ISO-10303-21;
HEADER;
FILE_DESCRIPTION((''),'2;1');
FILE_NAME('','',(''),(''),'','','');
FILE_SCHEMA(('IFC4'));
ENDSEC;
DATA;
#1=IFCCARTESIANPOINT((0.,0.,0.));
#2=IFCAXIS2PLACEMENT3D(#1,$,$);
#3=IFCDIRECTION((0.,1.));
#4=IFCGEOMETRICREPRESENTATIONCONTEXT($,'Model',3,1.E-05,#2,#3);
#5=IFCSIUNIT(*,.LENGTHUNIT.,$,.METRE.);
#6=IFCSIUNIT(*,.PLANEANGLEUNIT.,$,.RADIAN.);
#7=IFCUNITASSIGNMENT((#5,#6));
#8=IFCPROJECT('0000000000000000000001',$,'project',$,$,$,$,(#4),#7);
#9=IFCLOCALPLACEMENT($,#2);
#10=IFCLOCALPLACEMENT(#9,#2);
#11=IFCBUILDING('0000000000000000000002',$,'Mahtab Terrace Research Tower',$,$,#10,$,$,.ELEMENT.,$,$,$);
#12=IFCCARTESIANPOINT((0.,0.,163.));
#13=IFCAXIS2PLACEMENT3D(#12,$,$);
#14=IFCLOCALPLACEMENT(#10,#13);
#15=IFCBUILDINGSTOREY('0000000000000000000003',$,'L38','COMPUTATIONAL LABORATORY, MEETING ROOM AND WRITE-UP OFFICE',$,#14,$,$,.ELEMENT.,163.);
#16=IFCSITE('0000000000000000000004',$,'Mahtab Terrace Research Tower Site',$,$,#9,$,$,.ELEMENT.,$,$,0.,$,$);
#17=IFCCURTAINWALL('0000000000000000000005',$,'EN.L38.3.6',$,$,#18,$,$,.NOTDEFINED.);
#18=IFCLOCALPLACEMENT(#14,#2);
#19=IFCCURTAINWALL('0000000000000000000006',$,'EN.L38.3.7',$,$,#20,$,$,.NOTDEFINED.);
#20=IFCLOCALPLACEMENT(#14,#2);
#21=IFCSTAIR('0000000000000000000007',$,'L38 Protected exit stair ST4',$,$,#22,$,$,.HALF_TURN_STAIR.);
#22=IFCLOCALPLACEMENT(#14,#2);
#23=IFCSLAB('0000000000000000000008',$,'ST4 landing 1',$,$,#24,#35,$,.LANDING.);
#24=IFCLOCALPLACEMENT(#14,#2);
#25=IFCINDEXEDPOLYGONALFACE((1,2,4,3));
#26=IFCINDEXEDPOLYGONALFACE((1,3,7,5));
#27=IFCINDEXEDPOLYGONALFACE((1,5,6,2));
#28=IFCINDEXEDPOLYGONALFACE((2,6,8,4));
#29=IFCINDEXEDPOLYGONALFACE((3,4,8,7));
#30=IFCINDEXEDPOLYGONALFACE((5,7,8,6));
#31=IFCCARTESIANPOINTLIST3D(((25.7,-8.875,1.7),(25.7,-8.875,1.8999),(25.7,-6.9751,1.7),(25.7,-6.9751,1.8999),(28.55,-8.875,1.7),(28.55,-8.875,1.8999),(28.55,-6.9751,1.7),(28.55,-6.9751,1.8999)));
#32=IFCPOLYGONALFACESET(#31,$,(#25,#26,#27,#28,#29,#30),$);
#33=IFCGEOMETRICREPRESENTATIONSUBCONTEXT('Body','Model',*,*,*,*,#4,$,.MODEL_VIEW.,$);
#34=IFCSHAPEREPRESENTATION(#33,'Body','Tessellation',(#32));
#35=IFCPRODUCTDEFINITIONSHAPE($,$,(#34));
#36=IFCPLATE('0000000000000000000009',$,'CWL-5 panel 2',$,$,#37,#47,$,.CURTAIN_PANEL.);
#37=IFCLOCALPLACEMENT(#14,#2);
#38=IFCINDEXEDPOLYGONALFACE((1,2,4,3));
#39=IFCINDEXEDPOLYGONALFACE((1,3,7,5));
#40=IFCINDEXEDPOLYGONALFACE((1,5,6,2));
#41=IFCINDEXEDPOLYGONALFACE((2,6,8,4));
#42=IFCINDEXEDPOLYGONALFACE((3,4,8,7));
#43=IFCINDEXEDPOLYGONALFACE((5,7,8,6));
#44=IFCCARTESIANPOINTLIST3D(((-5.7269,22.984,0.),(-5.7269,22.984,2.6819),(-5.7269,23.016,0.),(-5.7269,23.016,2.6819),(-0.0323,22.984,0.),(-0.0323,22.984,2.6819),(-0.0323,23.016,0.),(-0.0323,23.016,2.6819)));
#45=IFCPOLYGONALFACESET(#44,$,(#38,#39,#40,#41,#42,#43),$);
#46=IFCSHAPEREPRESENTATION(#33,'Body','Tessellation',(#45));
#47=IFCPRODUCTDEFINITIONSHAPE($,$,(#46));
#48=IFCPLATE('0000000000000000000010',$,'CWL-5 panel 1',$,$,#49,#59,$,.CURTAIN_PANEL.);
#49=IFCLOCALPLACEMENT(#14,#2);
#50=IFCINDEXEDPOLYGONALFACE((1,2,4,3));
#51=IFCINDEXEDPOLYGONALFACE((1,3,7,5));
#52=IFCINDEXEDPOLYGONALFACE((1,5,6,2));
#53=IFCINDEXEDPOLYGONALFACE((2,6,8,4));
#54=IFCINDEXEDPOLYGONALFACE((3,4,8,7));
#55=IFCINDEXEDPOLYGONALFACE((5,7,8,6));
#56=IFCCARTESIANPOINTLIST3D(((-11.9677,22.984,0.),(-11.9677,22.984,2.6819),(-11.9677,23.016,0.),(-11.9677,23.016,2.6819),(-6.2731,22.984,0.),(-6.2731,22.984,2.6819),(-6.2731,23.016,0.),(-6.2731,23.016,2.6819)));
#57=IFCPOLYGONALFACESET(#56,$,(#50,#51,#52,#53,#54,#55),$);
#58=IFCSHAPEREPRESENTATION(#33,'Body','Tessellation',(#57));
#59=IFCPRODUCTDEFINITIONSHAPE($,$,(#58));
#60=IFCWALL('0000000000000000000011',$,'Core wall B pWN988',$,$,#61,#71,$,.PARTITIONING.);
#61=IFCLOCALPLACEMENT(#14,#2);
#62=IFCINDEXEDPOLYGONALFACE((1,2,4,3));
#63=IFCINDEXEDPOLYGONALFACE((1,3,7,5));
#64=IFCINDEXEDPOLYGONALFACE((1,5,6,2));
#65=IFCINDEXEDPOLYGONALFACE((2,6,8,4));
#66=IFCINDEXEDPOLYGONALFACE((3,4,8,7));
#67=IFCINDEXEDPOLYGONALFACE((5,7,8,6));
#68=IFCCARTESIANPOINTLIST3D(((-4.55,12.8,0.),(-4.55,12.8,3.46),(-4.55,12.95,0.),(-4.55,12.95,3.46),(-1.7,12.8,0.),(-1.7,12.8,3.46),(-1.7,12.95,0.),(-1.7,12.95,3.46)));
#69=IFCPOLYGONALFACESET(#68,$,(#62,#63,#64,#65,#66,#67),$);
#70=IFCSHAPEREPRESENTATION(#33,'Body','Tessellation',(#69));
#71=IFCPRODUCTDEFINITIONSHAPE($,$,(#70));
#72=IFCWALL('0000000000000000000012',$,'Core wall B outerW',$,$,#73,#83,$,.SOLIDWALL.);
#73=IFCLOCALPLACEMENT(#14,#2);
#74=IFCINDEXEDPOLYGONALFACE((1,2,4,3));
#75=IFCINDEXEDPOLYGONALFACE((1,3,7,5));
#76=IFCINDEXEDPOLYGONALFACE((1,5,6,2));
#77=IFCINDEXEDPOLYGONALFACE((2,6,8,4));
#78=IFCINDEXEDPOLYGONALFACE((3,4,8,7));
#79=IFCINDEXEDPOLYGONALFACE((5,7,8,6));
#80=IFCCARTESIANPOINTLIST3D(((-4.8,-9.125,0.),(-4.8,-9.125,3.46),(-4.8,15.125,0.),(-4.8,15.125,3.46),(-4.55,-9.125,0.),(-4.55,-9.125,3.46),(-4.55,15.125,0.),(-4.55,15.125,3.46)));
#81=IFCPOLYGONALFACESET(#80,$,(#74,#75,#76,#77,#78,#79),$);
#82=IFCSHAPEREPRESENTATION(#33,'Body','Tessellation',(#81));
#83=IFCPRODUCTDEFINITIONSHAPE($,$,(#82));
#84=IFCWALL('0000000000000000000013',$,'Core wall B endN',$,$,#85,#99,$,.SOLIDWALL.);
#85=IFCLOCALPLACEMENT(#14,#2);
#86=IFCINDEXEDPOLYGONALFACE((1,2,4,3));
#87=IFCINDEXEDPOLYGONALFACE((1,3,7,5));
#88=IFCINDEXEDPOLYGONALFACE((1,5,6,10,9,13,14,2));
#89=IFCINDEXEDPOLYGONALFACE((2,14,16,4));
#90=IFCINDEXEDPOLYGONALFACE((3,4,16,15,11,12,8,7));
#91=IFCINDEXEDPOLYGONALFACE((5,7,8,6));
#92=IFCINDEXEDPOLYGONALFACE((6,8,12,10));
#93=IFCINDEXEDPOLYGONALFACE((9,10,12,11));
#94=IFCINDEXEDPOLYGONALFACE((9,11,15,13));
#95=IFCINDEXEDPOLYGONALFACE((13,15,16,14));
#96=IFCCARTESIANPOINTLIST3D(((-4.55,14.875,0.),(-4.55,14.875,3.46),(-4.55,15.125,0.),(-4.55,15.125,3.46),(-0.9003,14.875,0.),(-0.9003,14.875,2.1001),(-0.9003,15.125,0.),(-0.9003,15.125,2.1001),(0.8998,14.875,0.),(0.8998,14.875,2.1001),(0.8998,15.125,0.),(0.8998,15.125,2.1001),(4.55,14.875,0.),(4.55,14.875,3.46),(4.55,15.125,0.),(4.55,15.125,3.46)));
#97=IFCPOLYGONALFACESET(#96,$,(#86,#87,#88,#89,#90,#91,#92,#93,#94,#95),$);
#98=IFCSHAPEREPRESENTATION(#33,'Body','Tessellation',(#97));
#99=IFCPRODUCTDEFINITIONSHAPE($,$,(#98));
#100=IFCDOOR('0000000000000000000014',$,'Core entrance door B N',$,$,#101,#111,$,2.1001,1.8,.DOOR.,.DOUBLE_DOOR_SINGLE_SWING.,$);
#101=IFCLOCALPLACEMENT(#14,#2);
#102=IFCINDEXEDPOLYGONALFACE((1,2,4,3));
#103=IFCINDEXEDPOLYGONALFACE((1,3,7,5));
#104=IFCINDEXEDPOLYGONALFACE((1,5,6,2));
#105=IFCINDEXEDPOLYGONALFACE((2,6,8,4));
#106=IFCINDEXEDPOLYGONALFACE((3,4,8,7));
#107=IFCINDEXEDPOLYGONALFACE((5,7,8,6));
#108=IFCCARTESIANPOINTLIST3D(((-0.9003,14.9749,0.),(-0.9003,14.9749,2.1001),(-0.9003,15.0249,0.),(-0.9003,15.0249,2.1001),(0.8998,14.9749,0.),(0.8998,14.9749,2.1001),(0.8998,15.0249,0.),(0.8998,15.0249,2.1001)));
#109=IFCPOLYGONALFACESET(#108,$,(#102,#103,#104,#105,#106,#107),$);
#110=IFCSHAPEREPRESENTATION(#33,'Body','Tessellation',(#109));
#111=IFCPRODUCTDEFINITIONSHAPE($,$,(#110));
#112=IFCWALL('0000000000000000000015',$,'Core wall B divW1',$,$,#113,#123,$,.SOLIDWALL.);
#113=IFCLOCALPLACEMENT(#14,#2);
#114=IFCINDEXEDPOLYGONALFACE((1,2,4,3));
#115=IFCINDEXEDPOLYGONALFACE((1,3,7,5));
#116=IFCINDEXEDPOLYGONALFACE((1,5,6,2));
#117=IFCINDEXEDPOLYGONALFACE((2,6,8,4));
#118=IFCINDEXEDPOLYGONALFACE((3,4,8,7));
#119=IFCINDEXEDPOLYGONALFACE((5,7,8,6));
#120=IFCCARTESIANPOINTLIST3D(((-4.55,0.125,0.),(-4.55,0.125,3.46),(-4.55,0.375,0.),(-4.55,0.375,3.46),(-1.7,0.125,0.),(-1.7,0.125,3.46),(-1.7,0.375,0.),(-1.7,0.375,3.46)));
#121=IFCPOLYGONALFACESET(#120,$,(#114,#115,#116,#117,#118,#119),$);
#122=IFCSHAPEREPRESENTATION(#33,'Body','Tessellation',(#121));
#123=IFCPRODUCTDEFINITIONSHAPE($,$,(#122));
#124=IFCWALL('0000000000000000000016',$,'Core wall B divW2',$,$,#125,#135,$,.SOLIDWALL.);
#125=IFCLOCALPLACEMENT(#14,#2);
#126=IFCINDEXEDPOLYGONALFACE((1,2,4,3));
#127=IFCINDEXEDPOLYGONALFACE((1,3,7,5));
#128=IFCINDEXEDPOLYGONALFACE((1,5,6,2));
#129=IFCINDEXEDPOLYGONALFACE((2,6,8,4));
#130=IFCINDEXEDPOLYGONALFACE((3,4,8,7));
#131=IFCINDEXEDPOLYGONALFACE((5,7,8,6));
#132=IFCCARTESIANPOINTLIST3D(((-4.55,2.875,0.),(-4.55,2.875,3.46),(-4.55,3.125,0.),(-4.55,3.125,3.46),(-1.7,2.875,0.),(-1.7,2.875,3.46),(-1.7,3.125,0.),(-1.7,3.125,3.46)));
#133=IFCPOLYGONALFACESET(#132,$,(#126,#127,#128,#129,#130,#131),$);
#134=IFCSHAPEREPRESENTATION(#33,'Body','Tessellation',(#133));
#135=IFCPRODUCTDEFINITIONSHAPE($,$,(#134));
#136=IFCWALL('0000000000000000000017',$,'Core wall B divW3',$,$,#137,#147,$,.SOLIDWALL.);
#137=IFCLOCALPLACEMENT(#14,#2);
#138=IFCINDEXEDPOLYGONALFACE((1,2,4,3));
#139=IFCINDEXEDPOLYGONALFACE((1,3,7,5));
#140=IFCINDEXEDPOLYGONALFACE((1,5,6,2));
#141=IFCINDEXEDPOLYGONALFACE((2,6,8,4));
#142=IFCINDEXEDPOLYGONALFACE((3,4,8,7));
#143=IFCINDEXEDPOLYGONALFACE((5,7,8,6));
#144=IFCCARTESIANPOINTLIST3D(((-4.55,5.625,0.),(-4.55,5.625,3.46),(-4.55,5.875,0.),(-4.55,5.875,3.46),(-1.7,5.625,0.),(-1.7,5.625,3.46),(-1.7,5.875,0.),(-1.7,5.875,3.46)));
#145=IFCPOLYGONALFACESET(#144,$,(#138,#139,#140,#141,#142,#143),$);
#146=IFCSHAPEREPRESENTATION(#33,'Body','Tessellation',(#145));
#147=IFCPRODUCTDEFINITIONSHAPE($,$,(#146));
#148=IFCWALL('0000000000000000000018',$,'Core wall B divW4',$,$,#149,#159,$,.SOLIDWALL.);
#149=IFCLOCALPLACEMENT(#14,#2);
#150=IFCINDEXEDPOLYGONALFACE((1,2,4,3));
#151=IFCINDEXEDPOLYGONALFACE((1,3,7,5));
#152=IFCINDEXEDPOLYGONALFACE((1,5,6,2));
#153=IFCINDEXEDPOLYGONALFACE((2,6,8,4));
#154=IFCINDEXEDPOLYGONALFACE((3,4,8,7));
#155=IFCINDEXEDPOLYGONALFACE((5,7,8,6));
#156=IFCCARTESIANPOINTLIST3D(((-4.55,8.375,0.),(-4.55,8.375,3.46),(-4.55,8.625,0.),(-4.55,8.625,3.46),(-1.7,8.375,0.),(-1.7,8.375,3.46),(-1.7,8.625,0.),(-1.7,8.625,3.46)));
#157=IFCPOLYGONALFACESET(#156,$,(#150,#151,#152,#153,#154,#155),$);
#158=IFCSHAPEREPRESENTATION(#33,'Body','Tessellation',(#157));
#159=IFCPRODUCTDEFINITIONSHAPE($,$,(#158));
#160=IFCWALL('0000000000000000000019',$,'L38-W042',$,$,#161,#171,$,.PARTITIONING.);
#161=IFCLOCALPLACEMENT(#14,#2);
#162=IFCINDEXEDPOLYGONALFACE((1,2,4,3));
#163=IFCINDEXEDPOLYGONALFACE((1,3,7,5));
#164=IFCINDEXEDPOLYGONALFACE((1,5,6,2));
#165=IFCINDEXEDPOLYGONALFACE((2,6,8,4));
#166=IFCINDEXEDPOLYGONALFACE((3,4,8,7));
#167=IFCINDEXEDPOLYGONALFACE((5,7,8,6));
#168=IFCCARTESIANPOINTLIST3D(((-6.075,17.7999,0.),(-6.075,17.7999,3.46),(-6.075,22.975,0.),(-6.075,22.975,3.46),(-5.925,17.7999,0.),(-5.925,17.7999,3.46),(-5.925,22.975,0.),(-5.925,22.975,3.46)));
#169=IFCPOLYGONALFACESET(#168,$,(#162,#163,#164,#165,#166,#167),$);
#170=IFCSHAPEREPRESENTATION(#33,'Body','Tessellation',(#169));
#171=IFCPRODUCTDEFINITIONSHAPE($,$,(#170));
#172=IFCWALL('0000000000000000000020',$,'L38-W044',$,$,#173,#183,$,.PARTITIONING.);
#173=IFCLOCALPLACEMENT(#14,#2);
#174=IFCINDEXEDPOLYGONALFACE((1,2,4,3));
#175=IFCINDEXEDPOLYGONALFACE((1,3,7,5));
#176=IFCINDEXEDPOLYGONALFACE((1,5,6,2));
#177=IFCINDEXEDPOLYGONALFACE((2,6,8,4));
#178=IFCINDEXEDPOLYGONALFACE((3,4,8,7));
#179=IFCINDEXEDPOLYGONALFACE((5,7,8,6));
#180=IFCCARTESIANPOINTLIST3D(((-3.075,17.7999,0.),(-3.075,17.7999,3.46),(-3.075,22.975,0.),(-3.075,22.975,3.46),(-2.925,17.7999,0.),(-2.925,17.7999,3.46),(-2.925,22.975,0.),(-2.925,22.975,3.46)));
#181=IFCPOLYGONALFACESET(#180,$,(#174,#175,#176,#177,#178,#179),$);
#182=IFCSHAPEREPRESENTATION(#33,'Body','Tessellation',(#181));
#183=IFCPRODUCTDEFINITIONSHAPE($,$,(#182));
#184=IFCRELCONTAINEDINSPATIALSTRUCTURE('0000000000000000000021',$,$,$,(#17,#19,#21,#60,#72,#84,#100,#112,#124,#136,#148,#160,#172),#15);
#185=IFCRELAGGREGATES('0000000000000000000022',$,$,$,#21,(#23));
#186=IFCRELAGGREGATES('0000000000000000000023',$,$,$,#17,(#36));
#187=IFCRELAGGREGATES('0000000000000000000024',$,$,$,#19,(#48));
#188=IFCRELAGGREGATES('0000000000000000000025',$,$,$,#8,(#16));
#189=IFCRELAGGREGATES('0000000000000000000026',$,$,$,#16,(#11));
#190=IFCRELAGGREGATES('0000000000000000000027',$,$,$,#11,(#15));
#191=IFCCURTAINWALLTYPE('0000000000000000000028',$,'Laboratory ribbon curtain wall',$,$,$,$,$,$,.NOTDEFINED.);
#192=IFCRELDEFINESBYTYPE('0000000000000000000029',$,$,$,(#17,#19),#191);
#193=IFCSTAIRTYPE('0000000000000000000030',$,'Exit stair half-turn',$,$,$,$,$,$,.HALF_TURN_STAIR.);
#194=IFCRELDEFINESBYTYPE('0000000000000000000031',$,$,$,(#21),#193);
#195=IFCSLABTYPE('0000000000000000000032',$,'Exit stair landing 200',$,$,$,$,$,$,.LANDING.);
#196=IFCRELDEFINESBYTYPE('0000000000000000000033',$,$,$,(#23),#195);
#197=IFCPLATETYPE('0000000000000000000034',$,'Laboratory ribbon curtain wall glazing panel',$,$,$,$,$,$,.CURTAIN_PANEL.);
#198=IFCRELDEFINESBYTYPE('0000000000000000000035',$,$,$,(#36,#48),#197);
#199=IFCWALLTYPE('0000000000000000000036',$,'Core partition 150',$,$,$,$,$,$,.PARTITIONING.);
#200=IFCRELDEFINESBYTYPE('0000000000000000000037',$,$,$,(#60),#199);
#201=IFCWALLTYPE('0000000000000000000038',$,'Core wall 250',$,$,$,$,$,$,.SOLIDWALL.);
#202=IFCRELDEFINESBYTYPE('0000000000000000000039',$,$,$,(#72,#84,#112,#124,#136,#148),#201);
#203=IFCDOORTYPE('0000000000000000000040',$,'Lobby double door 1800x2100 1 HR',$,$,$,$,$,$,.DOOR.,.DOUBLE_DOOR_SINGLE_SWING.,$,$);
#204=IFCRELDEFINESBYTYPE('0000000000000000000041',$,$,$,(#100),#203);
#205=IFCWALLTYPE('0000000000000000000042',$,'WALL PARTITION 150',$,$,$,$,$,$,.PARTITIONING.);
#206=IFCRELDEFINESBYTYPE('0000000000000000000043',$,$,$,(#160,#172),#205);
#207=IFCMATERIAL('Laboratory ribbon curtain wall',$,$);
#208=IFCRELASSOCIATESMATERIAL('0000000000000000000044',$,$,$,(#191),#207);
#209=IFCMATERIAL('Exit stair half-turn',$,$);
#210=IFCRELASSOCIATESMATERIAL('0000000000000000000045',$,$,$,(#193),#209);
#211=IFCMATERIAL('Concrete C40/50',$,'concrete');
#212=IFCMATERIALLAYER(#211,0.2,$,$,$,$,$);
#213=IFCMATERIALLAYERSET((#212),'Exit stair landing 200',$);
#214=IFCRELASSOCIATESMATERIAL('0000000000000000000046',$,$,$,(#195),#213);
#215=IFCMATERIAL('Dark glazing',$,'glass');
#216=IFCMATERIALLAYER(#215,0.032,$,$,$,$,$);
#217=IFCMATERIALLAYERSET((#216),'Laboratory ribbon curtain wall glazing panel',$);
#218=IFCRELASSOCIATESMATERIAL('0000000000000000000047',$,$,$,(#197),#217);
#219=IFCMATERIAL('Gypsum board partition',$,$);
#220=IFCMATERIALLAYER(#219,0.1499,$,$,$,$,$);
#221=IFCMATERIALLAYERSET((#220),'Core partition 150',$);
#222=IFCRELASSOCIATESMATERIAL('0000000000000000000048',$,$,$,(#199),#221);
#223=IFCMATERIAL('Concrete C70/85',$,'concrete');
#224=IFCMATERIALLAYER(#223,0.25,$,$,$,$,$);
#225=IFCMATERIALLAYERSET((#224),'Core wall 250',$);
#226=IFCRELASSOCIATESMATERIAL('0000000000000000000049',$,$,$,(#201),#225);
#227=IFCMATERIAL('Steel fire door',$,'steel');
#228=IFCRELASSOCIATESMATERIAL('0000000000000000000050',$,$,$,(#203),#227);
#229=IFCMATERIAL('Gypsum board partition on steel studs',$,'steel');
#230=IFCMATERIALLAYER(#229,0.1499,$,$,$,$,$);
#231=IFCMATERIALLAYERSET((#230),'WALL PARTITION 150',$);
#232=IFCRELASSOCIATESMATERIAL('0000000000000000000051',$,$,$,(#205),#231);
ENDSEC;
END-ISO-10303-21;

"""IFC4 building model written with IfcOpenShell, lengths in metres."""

from ifc_helpers import new_model, si_unit, direction, frame, frame_2d, origin, origin_2d, place, context, subcontext, project, spatial, polyline, rectangle, outline, extrude, material, layer, layer_set, type_object, element, fill, aggregate, save


model = new_model("IFC4")

# Units and contexts
model_context = context("Model", 3, precision=1e-05, world=origin(), true_north=direction((0.0, 1.0)))
body_context = subcontext(model_context, "Body", "Model", "MODEL_VIEW")
ifc_project = project(units=[si_unit("LENGTHUNIT", "METRE"), si_unit("PLANEANGLEUNIT", "RADIAN")], contexts=[model_context])

# Site, building, storey
site_placement = place(None, origin())
site = spatial("IfcSite", under=ifc_project, at=site_placement, Name="Mahtab Terrace Research Tower Site", CompositionType="ELEMENT", RefElevation=0.0)
building_placement = place(site_placement, origin())
building = spatial("IfcBuilding", under=site, at=building_placement, Name="Mahtab Terrace Research Tower", CompositionType="ELEMENT")
storey_placement = place(building_placement, frame((0.0, 0.0, 163.0)))
storey = spatial("IfcBuildingStorey", under=building, at=storey_placement, Name="L38", Description="COMPUTATIONAL LABORATORY, MEETING ROOM AND WRITE-UP OFFICE", CompositionType="ELEMENT", Elevation=163.0)

# Shared definitions
ifc_material_1 = material(Name="Concrete C70/85", Category="concrete")

# Curtain walls
ifc_material_2 = material(Name="Laboratory ribbon curtain wall")
curtain_wall_type = type_object("IfcCurtainWallType", Name="Laboratory ribbon curtain wall", PredefinedType="NOTDEFINED", material=ifc_material_2)
curtain_wall_1_placement = place(storey_placement, origin())
curtain_wall_1 = element("IfcCurtainWall", 1, at=curtain_wall_1_placement, inside=storey, type_object=curtain_wall_type, Name="EN.L38.3.6", PredefinedType="NOTDEFINED")
curtain_wall_2_placement = place(storey_placement, origin())
curtain_wall_2 = element("IfcCurtainWall", 2, at=curtain_wall_2_placement, inside=storey, type_object=curtain_wall_type, Name="EN.L38.3.7", PredefinedType="NOTDEFINED")

# Stair, slab
ifc_material_3 = material(Name="Exit stair half-turn")
stair_type = type_object("IfcStairType", Name="Exit stair half-turn", PredefinedType="HALF_TURN_STAIR", material=ifc_material_3)
ifc_material_4 = material(Name="Concrete C40/50", Category="concrete")
ifc_layer_1 = layer(ifc_material_4, 0.2)
ifc_layer_set_1 = layer_set([ifc_layer_1], Name="Exit stair landing 200")
slab_type = type_object("IfcSlabType", Name="Exit stair landing 200", PredefinedType="LANDING", material=ifc_layer_set_1)
stair_1_placement = place(storey_placement, origin())
stair_1 = element("IfcStair", 3, at=stair_1_placement, inside=storey, type_object=stair_type, Name="L38 Protected exit stair ST4", PredefinedType="HALF_TURN_STAIR")
slab_1_placement = place(storey_placement, frame((0.0, 0.0, 1.7)))
slab_1 = element("IfcSlab", 4, at=slab_1_placement, type_object=slab_type, Name="ST4 landing 1", PredefinedType="LANDING", context=body_context, shape_type="SweptSolid", body=[
    extrude(outline(polyline([(25.7, -6.9751), (25.7, -8.875), (28.55, -8.875), (28.55, -6.9751), (25.7, -6.9751)])), origin(), (0.0, 0.0, 1.0), 0.2),
])
aggregate(stair_1, [slab_1])

# Plates
ifc_material_5 = material(Name="Dark glazing", Category="glass")
ifc_layer_2 = layer(ifc_material_5, 0.032)
ifc_layer_set_2 = layer_set([ifc_layer_2], Name="Laboratory ribbon curtain wall glazing panel")
plate_type = type_object("IfcPlateType", Name="Laboratory ribbon curtain wall glazing panel", PredefinedType="CURTAIN_PANEL", material=ifc_layer_set_2)
plate_1_placement = place(storey_placement, frame((-2.8796, 23.0, 0.0), z_axis=(0.0, 0.0, 1.0), x_axis=(-1.0, 0.0, 0.0)))
plate_1 = element("IfcPlate", 5, at=plate_1_placement, type_object=plate_type, Name="CWL-5 panel 2", PredefinedType="CURTAIN_PANEL", context=body_context, shape_type="SweptSolid", body=[
    extrude(rectangle(XDim=5.6946, YDim=0.032, at=origin_2d()), origin(), (0.0, 0.0, 1.0), 2.6819),
])
aggregate(curtain_wall_1, [plate_1])
plate_2_placement = place(storey_placement, frame((-9.1204, 23.0, 0.0), z_axis=(0.0, 0.0, 1.0), x_axis=(-1.0, 0.0, 0.0)))
plate_2 = element("IfcPlate", 6, at=plate_2_placement, type_object=plate_type, Name="CWL-5 panel 1", PredefinedType="CURTAIN_PANEL", context=body_context, shape_type="SweptSolid", body=[
    extrude(rectangle(XDim=5.6946, YDim=0.032, at=origin_2d()), origin(), (0.0, 0.0, 1.0), 2.6819),
])
aggregate(curtain_wall_2, [plate_2])

# Walls
ifc_material_6 = material(Name="Gypsum board partition")
ifc_layer_3 = layer(ifc_material_6, 0.1499)
ifc_layer_set_3 = layer_set([ifc_layer_3], Name="Core partition 150")
wall_type_1 = type_object("IfcWallType", Name="Core partition 150", PredefinedType="PARTITIONING", material=ifc_layer_set_3)
wall_1_placement = place(storey_placement, frame((-4.55, 12.875, 0.0), z_axis=(0.0, 0.0, 1.0), x_axis=(1.0, 0.0, 0.0)))
element("IfcWall", 7, at=wall_1_placement, inside=storey, type_object=wall_type_1, Name="Core wall B pWN988", PredefinedType="PARTITIONING", context=body_context, shape_type="SweptSolid", body=[
    extrude(rectangle(XDim=2.8501, YDim=0.1499, at=frame_2d((1.425, 0.0))), origin(), (0.0, 0.0, 1.0), 3.46),
])
ifc_layer_4 = layer(ifc_material_1, 0.25)
ifc_layer_set_4 = layer_set([ifc_layer_4], Name="Core wall 250")
wall_type_2 = type_object("IfcWallType", Name="Core wall 250", PredefinedType="SOLIDWALL", material=ifc_layer_set_4)
wall_2_placement = place(storey_placement, frame((-4.675, 15.125, 0.0), z_axis=(0.0, 0.0, 1.0), x_axis=(0.0, -1.0, 0.0)))
element("IfcWall", 8, at=wall_2_placement, inside=storey, type_object=wall_type_2, Name="Core wall B outerW", PredefinedType="SOLIDWALL", context=body_context, shape_type="SweptSolid", body=[
    extrude(rectangle(XDim=24.25, YDim=0.25, at=frame_2d((12.125, 0.0))), origin(), (0.0, 0.0, 1.0), 3.46),
])

# Wall, opening, door
wall_3_placement = place(storey_placement, frame((-4.55, 15.0, 0.0), z_axis=(0.0, 0.0, 1.0), x_axis=(1.0, 0.0, 0.0)))
wall_3 = element("IfcWall", 9, at=wall_3_placement, inside=storey, type_object=wall_type_2, Name="Core wall B endN", PredefinedType="SOLIDWALL", context=body_context, shape_type="SweptSolid", body=[
    extrude(rectangle(XDim=9.1001, YDim=0.25, at=frame_2d((4.55, 0.0))), origin(), (0.0, 0.0, 1.0), 3.46),
])
opening_placement = place(wall_3_placement, frame((3.6499, 0.0, 0.0)))
opening = element("IfcOpeningElement", 10, at=opening_placement, cuts=wall_3, PredefinedType="OPENING", context=body_context, shape_type="SweptSolid", body=[
    extrude(rectangle(XDim=1.8, YDim=2.1001, at=frame_2d((0.8999, 1.05))), frame((0.0, 0.135, 0.0), z_axis=(0.0, -1.0, 0.0), x_axis=(1.0, 0.0, 0.0)), (0.0, 0.0, 1.0), 0.27),
])
ifc_material_7 = material(Name="Steel fire door", Category="steel")
door_type = type_object("IfcDoorType", Name="Lobby double door 1800x2100 1 HR", OperationType="DOUBLE_DOOR_SINGLE_SWING", PredefinedType="DOOR", material=ifc_material_7)
door_placement = place(opening_placement, origin())
door = element("IfcDoor", 11, at=door_placement, inside=storey, type_object=door_type, Name="Core entrance door B N", OperationType="DOUBLE_DOOR_SINGLE_SWING", OverallHeight=2.1001, OverallWidth=1.8, PredefinedType="DOOR", context=body_context, shape_type="SweptSolid", body=[
    extrude(rectangle(XDim=1.8, YDim=2.1001, at=frame_2d((0.8999, 1.05))), frame((0.0, 0.0249, 0.0), z_axis=(0.0, -1.0, 0.0), x_axis=(1.0, 0.0, 0.0)), (0.0, 0.0, 1.0), 0.05),
])
fill(opening, door)

# Walls
for number, where, z_axis, x_axis, name in (
    (12, (-4.55, 0.25, 0.0), (0.0, 0.0, 1.0), (1.0, 0.0, 0.0), "Core wall B divW1"),
    (13, (-4.55, 3.0, 0.0), (0.0, 0.0, 1.0), (1.0, 0.0, 0.0), "Core wall B divW2"),
    (14, (-4.55, 5.75, 0.0), (0.0, 0.0, 1.0), (1.0, 0.0, 0.0), "Core wall B divW3"),
    (15, (-4.55, 8.5, 0.0), (0.0, 0.0, 1.0), (1.0, 0.0, 0.0), "Core wall B divW4"),
):
    element("IfcWall", number, at=place(storey_placement, frame(where, z_axis=z_axis, x_axis=x_axis)), inside=storey, type_object=wall_type_2, Name=name, PredefinedType="SOLIDWALL", context=body_context, shape_type="SweptSolid", body=[
        extrude(rectangle(XDim=2.8501, YDim=0.25, at=frame_2d((1.425, 0.0))), origin(), (0.0, 0.0, 1.0), 3.46),
    ])
ifc_material_8 = material(Name="Gypsum board partition on steel studs", Category="steel")
ifc_layer_5 = layer(ifc_material_8, 0.1499)
ifc_layer_set_5 = layer_set([ifc_layer_5], Name="WALL PARTITION 150")
wall_type_3 = type_object("IfcWallType", Name="WALL PARTITION 150", PredefinedType="PARTITIONING", material=ifc_layer_set_5)
for number, where, z_axis, x_axis, name in (
    (16, (-6.0, 17.8, 0.0), (0.0, 0.0, 1.0), (0.0, 1.0, 0.0), "L38-W042"),
    (17, (-3.0, 17.8, 0.0), (0.0, 0.0, 1.0), (0.0, 1.0, 0.0), "L38-W044"),
):
    element("IfcWall", number, at=place(storey_placement, frame(where, z_axis=z_axis, x_axis=x_axis)), inside=storey, type_object=wall_type_3, Name=name, PredefinedType="PARTITIONING", context=body_context, shape_type="SweptSolid", body=[
        extrude(rectangle(XDim=5.175, YDim=0.1499, at=frame_2d((2.5874, 0.0))), origin(), (0.0, 0.0, 1.0), 3.46),
    ])

save(model, "model.ifc")
